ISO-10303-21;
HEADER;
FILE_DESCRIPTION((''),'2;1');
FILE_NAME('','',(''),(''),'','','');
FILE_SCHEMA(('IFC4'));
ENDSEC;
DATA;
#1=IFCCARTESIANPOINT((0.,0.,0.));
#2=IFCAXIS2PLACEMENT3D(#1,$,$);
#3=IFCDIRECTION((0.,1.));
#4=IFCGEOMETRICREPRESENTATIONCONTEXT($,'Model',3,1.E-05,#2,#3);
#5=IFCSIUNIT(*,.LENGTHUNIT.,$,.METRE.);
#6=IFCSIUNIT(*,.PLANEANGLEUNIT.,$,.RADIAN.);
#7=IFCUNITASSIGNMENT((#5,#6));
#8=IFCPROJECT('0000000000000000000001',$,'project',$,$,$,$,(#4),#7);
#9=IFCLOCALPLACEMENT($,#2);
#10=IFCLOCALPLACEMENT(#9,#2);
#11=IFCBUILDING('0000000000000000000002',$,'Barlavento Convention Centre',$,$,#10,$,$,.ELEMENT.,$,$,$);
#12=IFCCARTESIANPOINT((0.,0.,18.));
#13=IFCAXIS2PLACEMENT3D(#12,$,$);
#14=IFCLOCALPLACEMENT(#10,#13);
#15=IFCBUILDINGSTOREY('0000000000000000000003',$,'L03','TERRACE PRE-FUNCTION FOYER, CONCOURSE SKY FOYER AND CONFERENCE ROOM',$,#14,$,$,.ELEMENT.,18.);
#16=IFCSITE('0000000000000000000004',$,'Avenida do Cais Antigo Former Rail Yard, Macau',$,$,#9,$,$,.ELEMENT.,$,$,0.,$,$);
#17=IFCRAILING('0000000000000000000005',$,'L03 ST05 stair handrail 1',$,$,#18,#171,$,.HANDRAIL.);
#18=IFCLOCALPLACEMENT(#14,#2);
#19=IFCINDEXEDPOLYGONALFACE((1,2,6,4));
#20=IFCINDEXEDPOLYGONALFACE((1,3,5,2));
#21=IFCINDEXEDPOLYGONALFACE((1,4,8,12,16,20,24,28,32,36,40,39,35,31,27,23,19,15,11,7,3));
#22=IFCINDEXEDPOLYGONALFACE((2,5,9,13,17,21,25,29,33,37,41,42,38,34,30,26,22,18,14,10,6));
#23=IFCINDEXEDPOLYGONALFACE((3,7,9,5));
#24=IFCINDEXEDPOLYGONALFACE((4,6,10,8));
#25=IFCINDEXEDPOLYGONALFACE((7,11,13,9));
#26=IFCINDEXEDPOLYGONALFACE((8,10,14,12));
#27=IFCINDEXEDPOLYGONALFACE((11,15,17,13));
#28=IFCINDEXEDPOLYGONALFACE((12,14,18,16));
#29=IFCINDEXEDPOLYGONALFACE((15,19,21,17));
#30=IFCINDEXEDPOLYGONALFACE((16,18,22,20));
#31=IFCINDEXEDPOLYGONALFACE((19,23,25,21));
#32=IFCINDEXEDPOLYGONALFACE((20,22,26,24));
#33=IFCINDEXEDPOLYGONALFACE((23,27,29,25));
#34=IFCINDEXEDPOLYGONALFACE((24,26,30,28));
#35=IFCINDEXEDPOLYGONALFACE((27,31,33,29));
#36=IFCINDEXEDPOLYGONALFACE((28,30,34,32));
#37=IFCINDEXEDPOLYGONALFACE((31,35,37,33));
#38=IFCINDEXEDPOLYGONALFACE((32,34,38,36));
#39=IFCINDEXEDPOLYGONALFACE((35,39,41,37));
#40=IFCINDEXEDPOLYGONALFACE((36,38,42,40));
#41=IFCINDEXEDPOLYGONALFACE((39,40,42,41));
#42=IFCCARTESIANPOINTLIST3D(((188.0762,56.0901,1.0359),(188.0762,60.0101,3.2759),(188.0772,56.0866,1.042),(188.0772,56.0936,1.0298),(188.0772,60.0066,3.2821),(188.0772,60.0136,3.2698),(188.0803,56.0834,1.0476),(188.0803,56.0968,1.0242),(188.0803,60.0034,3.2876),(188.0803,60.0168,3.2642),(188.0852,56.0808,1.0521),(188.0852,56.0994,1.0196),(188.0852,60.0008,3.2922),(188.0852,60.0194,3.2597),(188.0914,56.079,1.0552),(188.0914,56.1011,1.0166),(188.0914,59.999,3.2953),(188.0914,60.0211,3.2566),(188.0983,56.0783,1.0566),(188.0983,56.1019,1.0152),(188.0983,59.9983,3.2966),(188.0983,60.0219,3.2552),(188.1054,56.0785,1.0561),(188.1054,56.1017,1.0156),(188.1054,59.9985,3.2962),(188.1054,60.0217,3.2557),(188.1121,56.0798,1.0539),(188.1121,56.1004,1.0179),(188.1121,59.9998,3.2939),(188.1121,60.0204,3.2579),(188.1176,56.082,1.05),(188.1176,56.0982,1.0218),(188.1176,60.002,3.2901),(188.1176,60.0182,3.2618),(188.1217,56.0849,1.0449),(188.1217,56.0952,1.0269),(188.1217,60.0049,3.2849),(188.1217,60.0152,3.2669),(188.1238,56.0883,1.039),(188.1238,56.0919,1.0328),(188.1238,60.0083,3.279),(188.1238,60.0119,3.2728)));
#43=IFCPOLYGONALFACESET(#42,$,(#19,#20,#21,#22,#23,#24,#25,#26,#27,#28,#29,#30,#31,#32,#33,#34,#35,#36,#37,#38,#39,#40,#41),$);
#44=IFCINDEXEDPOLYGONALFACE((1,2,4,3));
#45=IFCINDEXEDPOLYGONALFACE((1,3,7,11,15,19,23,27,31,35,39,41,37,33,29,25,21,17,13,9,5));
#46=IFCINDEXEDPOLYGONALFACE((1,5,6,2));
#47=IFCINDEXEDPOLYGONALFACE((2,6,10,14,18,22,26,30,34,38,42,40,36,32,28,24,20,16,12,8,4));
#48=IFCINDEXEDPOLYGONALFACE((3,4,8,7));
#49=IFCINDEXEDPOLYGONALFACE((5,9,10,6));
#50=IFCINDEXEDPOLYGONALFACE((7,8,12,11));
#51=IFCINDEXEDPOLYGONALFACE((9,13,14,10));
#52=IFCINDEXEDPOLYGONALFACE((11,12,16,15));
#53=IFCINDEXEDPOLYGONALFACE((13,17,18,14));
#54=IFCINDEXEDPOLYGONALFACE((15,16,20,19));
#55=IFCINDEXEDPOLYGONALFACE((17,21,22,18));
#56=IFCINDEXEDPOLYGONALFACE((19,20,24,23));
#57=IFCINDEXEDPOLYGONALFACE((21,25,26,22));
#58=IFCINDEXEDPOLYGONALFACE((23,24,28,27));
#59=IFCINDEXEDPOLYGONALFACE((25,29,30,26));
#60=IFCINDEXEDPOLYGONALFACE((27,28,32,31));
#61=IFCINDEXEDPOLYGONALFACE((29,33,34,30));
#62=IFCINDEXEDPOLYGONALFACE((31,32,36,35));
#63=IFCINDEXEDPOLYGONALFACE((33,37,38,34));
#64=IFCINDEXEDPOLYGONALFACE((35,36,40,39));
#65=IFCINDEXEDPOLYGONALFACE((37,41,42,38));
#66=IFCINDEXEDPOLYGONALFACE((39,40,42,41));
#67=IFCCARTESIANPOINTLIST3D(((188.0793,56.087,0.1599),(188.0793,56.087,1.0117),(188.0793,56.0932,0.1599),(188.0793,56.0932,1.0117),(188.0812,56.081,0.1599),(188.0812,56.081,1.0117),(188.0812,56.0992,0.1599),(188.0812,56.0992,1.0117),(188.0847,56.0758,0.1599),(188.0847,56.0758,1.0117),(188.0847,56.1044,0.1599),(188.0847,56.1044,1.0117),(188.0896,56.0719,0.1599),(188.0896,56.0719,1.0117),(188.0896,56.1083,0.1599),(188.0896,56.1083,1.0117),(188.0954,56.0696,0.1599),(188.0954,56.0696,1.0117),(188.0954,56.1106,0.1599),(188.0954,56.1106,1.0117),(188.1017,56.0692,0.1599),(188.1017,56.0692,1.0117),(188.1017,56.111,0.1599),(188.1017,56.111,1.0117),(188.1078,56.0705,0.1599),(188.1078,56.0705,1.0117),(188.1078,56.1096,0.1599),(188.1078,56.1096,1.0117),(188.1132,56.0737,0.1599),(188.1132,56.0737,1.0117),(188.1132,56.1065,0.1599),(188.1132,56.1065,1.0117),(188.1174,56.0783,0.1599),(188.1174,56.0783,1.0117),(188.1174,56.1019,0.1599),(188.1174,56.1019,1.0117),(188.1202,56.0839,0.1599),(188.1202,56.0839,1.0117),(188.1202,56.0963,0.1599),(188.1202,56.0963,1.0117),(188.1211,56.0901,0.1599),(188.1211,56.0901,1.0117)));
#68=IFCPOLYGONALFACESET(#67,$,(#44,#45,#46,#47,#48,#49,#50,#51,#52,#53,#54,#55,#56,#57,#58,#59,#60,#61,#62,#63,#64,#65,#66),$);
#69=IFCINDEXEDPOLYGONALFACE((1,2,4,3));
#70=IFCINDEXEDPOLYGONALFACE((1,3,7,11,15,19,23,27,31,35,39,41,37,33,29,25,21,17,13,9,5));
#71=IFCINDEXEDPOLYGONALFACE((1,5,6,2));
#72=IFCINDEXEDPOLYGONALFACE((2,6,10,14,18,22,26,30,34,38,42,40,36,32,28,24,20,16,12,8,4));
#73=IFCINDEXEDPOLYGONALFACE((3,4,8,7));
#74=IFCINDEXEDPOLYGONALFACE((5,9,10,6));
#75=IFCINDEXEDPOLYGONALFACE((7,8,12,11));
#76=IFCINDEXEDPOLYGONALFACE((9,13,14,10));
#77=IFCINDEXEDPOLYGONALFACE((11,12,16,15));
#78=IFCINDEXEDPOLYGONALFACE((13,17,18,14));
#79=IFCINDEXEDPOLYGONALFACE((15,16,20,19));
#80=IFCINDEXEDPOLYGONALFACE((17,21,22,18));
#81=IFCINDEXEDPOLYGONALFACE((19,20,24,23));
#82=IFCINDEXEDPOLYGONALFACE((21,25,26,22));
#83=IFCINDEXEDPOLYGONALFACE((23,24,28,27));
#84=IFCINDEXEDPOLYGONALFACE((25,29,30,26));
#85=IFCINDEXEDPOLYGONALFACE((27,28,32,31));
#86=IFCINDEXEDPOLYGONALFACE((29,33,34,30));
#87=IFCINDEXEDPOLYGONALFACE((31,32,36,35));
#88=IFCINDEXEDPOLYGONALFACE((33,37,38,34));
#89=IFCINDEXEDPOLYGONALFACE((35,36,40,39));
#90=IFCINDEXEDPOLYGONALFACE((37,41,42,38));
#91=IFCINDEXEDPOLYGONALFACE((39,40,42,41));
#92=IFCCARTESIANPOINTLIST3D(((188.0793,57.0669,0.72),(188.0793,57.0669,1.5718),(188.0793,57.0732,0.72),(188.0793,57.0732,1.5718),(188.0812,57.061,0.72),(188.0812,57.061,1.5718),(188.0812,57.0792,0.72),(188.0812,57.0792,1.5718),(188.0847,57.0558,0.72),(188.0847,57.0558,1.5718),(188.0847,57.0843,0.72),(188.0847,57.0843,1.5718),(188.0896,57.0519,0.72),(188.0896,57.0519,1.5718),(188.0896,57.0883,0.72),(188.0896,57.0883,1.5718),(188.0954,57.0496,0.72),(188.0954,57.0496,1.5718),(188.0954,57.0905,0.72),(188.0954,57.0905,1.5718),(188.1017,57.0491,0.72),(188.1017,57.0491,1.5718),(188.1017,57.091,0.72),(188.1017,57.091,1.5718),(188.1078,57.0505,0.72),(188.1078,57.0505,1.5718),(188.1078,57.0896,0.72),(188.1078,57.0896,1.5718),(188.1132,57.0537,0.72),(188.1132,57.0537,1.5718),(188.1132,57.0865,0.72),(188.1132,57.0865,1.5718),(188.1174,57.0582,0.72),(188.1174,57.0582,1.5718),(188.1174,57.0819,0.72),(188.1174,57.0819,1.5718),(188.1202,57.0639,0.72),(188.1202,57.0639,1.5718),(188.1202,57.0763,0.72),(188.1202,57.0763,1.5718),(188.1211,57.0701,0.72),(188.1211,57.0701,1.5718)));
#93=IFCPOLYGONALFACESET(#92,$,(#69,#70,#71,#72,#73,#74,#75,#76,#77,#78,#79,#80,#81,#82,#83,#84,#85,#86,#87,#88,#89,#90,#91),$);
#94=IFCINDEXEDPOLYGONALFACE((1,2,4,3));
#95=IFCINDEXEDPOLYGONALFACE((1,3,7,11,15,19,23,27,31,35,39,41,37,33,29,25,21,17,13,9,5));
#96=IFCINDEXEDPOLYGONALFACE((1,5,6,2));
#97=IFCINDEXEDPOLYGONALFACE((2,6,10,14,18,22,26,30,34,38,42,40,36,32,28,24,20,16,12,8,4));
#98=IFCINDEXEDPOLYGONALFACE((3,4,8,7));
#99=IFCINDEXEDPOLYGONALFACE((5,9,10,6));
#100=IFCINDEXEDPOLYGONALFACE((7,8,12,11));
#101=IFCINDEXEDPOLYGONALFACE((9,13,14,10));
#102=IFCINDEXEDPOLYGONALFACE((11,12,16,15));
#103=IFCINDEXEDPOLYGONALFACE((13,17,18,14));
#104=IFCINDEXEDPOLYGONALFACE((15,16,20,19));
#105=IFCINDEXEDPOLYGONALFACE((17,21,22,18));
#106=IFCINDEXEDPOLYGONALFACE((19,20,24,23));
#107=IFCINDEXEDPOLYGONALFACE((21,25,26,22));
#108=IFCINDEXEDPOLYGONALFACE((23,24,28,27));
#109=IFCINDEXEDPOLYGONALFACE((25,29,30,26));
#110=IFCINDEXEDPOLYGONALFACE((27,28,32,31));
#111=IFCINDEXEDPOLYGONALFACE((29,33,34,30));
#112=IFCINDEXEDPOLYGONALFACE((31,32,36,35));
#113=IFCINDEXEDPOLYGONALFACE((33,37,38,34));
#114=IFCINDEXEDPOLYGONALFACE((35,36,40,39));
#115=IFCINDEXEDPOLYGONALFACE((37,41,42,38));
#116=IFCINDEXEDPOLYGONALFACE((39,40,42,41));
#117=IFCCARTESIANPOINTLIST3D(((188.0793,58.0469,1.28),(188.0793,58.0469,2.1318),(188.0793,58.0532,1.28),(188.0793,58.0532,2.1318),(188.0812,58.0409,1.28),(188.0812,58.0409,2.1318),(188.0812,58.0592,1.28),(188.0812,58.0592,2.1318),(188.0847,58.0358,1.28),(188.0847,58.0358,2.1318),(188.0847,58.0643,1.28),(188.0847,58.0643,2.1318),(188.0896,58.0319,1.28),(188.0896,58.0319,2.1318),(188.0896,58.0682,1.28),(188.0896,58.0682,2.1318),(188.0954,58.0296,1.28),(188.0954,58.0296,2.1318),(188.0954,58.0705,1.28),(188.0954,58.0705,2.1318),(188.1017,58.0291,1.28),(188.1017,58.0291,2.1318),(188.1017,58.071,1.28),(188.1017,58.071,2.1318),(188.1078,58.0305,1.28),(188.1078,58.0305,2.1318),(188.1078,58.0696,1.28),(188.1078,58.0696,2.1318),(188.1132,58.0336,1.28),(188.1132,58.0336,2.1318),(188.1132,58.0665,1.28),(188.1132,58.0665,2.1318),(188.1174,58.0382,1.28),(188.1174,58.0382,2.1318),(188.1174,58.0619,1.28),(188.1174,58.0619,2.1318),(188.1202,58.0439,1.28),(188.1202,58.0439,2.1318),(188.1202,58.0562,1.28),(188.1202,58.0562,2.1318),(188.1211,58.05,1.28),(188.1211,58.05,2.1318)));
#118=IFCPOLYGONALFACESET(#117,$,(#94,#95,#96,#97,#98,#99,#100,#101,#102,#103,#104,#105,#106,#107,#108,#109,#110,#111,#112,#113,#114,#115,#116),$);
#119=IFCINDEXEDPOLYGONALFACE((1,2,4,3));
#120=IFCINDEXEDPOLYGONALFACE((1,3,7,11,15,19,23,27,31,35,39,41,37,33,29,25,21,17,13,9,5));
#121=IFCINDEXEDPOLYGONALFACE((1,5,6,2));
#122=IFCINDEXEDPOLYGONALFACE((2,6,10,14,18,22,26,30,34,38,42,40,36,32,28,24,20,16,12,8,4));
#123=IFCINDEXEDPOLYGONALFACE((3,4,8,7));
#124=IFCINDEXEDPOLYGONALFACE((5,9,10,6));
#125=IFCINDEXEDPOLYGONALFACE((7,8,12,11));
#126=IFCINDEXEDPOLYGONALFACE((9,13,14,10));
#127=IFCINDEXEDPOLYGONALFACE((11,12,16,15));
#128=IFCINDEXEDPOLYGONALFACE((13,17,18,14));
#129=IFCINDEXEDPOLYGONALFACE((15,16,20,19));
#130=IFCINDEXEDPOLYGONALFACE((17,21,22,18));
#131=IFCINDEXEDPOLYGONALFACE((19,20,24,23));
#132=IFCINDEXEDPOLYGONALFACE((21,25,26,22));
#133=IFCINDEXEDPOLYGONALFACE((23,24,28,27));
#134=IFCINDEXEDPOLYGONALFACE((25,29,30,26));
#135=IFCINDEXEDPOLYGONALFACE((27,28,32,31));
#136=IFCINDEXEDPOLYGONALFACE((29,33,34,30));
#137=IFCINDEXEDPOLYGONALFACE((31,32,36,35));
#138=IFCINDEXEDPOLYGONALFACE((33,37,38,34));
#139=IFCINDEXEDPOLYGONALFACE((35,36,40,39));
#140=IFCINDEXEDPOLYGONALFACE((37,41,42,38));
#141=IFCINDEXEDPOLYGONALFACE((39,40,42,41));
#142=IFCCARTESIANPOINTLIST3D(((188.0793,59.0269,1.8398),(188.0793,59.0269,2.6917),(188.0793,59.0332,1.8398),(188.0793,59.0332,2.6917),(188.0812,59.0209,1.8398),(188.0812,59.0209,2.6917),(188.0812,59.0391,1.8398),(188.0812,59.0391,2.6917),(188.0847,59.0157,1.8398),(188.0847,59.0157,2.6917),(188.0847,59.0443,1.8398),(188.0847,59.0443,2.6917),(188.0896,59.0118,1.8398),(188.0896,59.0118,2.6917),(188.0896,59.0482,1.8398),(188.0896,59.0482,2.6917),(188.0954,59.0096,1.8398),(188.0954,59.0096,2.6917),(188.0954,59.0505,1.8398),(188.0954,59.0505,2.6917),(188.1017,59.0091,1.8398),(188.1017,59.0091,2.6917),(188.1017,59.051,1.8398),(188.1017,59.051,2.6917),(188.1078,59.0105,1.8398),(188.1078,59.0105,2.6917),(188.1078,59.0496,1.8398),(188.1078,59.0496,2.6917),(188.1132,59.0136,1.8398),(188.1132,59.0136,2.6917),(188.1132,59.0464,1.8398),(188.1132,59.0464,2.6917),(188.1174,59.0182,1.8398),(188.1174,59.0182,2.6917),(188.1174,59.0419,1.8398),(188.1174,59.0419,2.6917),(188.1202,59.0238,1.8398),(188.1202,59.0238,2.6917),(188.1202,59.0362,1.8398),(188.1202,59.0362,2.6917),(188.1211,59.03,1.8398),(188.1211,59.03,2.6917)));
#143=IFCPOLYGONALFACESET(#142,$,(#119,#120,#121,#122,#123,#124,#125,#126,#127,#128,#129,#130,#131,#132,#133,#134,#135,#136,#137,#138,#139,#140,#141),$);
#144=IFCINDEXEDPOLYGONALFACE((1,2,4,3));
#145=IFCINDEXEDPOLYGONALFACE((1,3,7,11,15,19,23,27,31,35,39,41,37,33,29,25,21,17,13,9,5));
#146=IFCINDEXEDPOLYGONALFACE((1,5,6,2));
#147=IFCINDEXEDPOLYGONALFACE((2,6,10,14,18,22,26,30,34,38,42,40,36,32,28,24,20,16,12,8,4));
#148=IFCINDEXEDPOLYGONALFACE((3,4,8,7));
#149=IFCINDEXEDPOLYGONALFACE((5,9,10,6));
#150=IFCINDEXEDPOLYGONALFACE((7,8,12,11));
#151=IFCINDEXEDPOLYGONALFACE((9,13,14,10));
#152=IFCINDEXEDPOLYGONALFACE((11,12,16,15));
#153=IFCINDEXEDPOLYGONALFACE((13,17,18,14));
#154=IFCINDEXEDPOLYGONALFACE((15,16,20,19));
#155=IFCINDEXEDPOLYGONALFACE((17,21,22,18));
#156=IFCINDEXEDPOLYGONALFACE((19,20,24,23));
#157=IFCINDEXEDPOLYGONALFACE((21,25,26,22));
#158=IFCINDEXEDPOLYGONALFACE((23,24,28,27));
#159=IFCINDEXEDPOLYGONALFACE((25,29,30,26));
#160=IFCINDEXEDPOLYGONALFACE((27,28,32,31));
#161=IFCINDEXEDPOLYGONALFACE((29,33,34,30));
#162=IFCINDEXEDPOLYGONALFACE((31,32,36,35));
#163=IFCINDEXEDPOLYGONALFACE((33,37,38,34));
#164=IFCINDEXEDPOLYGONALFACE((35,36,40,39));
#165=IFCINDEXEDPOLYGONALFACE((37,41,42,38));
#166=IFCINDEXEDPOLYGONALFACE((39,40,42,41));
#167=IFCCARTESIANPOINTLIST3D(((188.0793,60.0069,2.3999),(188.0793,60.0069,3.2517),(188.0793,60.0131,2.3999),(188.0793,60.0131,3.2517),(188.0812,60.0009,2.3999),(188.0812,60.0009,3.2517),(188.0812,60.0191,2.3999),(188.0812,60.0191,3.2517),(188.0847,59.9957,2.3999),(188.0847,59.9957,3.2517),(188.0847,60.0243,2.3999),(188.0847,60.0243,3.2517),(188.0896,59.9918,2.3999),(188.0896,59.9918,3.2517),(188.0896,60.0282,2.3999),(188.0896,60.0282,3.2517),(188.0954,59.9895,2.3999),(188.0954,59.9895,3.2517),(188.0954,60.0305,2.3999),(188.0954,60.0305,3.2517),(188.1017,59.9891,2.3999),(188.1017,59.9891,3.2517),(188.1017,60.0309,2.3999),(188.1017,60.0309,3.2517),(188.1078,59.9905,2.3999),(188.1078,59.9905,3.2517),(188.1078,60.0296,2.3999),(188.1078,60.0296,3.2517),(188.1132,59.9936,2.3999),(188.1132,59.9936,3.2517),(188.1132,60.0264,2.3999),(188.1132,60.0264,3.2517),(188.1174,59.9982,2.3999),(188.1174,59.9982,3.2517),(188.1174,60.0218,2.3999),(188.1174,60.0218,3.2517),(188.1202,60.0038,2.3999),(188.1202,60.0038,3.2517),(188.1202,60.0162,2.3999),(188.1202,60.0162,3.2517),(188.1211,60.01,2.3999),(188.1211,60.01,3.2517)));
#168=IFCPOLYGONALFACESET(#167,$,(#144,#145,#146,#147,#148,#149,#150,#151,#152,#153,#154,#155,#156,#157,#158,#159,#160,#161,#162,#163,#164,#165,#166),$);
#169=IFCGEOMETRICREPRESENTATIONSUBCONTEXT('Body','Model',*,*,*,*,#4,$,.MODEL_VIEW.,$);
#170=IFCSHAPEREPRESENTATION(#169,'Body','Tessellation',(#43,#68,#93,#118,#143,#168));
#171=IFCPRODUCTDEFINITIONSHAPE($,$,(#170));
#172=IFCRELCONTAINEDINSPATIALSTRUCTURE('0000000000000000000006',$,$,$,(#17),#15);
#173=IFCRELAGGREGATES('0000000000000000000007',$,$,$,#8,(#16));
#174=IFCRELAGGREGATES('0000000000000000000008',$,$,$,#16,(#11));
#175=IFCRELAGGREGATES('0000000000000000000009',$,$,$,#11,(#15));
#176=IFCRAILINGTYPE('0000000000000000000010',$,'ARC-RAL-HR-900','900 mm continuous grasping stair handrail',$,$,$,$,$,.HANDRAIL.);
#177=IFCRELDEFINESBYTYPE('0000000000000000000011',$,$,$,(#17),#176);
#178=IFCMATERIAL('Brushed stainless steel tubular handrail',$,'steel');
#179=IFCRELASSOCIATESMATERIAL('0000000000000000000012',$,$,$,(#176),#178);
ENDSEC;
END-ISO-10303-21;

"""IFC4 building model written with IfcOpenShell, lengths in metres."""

from ifc_helpers import new_model, si_unit, direction, frame, origin, origin_2d, place, context, subcontext, project, spatial, circle, extrude, material, type_object, element, save


model = new_model("IFC4")

# Units and contexts
model_context = context("Model", 3, precision=1e-05, world=origin(), true_north=direction((0.0, 1.0)))
body_context = subcontext(model_context, "Body", "Model", "MODEL_VIEW")
ifc_project = project(units=[si_unit("LENGTHUNIT", "METRE"), si_unit("PLANEANGLEUNIT", "RADIAN")], contexts=[model_context])

# Site, building, storey
site_placement = place(None, origin())
site = spatial("IfcSite", under=ifc_project, at=site_placement, Name="Avenida do Cais Antigo Former Rail Yard, Macau", CompositionType="ELEMENT", RefElevation=0.0)
building_placement = place(site_placement, origin())
building = spatial("IfcBuilding", under=site, at=building_placement, Name="Barlavento Convention Centre", CompositionType="ELEMENT")
storey_placement = place(building_placement, frame((0.0, 0.0, 18.0)))
storey = spatial("IfcBuildingStorey", under=building, at=storey_placement, Name="L03", Description="TERRACE PRE-FUNCTION FOYER, CONCOURSE SKY FOYER AND CONFERENCE ROOM", CompositionType="ELEMENT", Elevation=18.0)

# Railing
ifc_material_1 = material(Name="Brushed stainless steel tubular handrail", Category="steel")
railing_type_1 = type_object("IfcRailingType", Name="ARC-RAL-HR-900", Description="900 mm continuous grasping stair handrail", PredefinedType="HANDRAIL", material=ifc_material_1)
railing_1_placement = place(storey_placement, frame((188.1001, 56.0901, 0.1599)))
element("IfcRailing", 1, at=railing_1_placement, inside=storey, type_object=railing_type_1, Name="L03 ST05 stair handrail 1", PredefinedType="HANDRAIL", context=body_context, shape_type="SweptSolid", body=[
    extrude(circle(Radius=0.0239, at=origin_2d()), frame((0.0, 0.0, 0.876), z_axis=(0.0, 0.86824, 0.496145), x_axis=(-1.0, 0.0, 0.0)), (0.0, 0.0, 1.0), 4.5149),
    extrude(circle(Radius=0.021, at=origin_2d()), origin(), (0.0, 0.0, 1.0), 0.8518),
    extrude(circle(Radius=0.021, at=origin_2d()), frame((0.0, 0.98, 0.5601)), (0.0, 0.0, 1.0), 0.8518),
    extrude(circle(Radius=0.021, at=origin_2d()), frame((0.0, 1.96, 1.1201)), (0.0, 0.0, 1.0), 0.8518),
    extrude(circle(Radius=0.021, at=origin_2d()), frame((0.0, 2.9399, 1.6799)), (0.0, 0.0, 1.0), 0.8518),
    extrude(circle(Radius=0.021, at=origin_2d()), frame((0.0, 3.9199, 2.24)), (0.0, 0.0, 1.0), 0.8518),
])

save(model, "model.ifc")
